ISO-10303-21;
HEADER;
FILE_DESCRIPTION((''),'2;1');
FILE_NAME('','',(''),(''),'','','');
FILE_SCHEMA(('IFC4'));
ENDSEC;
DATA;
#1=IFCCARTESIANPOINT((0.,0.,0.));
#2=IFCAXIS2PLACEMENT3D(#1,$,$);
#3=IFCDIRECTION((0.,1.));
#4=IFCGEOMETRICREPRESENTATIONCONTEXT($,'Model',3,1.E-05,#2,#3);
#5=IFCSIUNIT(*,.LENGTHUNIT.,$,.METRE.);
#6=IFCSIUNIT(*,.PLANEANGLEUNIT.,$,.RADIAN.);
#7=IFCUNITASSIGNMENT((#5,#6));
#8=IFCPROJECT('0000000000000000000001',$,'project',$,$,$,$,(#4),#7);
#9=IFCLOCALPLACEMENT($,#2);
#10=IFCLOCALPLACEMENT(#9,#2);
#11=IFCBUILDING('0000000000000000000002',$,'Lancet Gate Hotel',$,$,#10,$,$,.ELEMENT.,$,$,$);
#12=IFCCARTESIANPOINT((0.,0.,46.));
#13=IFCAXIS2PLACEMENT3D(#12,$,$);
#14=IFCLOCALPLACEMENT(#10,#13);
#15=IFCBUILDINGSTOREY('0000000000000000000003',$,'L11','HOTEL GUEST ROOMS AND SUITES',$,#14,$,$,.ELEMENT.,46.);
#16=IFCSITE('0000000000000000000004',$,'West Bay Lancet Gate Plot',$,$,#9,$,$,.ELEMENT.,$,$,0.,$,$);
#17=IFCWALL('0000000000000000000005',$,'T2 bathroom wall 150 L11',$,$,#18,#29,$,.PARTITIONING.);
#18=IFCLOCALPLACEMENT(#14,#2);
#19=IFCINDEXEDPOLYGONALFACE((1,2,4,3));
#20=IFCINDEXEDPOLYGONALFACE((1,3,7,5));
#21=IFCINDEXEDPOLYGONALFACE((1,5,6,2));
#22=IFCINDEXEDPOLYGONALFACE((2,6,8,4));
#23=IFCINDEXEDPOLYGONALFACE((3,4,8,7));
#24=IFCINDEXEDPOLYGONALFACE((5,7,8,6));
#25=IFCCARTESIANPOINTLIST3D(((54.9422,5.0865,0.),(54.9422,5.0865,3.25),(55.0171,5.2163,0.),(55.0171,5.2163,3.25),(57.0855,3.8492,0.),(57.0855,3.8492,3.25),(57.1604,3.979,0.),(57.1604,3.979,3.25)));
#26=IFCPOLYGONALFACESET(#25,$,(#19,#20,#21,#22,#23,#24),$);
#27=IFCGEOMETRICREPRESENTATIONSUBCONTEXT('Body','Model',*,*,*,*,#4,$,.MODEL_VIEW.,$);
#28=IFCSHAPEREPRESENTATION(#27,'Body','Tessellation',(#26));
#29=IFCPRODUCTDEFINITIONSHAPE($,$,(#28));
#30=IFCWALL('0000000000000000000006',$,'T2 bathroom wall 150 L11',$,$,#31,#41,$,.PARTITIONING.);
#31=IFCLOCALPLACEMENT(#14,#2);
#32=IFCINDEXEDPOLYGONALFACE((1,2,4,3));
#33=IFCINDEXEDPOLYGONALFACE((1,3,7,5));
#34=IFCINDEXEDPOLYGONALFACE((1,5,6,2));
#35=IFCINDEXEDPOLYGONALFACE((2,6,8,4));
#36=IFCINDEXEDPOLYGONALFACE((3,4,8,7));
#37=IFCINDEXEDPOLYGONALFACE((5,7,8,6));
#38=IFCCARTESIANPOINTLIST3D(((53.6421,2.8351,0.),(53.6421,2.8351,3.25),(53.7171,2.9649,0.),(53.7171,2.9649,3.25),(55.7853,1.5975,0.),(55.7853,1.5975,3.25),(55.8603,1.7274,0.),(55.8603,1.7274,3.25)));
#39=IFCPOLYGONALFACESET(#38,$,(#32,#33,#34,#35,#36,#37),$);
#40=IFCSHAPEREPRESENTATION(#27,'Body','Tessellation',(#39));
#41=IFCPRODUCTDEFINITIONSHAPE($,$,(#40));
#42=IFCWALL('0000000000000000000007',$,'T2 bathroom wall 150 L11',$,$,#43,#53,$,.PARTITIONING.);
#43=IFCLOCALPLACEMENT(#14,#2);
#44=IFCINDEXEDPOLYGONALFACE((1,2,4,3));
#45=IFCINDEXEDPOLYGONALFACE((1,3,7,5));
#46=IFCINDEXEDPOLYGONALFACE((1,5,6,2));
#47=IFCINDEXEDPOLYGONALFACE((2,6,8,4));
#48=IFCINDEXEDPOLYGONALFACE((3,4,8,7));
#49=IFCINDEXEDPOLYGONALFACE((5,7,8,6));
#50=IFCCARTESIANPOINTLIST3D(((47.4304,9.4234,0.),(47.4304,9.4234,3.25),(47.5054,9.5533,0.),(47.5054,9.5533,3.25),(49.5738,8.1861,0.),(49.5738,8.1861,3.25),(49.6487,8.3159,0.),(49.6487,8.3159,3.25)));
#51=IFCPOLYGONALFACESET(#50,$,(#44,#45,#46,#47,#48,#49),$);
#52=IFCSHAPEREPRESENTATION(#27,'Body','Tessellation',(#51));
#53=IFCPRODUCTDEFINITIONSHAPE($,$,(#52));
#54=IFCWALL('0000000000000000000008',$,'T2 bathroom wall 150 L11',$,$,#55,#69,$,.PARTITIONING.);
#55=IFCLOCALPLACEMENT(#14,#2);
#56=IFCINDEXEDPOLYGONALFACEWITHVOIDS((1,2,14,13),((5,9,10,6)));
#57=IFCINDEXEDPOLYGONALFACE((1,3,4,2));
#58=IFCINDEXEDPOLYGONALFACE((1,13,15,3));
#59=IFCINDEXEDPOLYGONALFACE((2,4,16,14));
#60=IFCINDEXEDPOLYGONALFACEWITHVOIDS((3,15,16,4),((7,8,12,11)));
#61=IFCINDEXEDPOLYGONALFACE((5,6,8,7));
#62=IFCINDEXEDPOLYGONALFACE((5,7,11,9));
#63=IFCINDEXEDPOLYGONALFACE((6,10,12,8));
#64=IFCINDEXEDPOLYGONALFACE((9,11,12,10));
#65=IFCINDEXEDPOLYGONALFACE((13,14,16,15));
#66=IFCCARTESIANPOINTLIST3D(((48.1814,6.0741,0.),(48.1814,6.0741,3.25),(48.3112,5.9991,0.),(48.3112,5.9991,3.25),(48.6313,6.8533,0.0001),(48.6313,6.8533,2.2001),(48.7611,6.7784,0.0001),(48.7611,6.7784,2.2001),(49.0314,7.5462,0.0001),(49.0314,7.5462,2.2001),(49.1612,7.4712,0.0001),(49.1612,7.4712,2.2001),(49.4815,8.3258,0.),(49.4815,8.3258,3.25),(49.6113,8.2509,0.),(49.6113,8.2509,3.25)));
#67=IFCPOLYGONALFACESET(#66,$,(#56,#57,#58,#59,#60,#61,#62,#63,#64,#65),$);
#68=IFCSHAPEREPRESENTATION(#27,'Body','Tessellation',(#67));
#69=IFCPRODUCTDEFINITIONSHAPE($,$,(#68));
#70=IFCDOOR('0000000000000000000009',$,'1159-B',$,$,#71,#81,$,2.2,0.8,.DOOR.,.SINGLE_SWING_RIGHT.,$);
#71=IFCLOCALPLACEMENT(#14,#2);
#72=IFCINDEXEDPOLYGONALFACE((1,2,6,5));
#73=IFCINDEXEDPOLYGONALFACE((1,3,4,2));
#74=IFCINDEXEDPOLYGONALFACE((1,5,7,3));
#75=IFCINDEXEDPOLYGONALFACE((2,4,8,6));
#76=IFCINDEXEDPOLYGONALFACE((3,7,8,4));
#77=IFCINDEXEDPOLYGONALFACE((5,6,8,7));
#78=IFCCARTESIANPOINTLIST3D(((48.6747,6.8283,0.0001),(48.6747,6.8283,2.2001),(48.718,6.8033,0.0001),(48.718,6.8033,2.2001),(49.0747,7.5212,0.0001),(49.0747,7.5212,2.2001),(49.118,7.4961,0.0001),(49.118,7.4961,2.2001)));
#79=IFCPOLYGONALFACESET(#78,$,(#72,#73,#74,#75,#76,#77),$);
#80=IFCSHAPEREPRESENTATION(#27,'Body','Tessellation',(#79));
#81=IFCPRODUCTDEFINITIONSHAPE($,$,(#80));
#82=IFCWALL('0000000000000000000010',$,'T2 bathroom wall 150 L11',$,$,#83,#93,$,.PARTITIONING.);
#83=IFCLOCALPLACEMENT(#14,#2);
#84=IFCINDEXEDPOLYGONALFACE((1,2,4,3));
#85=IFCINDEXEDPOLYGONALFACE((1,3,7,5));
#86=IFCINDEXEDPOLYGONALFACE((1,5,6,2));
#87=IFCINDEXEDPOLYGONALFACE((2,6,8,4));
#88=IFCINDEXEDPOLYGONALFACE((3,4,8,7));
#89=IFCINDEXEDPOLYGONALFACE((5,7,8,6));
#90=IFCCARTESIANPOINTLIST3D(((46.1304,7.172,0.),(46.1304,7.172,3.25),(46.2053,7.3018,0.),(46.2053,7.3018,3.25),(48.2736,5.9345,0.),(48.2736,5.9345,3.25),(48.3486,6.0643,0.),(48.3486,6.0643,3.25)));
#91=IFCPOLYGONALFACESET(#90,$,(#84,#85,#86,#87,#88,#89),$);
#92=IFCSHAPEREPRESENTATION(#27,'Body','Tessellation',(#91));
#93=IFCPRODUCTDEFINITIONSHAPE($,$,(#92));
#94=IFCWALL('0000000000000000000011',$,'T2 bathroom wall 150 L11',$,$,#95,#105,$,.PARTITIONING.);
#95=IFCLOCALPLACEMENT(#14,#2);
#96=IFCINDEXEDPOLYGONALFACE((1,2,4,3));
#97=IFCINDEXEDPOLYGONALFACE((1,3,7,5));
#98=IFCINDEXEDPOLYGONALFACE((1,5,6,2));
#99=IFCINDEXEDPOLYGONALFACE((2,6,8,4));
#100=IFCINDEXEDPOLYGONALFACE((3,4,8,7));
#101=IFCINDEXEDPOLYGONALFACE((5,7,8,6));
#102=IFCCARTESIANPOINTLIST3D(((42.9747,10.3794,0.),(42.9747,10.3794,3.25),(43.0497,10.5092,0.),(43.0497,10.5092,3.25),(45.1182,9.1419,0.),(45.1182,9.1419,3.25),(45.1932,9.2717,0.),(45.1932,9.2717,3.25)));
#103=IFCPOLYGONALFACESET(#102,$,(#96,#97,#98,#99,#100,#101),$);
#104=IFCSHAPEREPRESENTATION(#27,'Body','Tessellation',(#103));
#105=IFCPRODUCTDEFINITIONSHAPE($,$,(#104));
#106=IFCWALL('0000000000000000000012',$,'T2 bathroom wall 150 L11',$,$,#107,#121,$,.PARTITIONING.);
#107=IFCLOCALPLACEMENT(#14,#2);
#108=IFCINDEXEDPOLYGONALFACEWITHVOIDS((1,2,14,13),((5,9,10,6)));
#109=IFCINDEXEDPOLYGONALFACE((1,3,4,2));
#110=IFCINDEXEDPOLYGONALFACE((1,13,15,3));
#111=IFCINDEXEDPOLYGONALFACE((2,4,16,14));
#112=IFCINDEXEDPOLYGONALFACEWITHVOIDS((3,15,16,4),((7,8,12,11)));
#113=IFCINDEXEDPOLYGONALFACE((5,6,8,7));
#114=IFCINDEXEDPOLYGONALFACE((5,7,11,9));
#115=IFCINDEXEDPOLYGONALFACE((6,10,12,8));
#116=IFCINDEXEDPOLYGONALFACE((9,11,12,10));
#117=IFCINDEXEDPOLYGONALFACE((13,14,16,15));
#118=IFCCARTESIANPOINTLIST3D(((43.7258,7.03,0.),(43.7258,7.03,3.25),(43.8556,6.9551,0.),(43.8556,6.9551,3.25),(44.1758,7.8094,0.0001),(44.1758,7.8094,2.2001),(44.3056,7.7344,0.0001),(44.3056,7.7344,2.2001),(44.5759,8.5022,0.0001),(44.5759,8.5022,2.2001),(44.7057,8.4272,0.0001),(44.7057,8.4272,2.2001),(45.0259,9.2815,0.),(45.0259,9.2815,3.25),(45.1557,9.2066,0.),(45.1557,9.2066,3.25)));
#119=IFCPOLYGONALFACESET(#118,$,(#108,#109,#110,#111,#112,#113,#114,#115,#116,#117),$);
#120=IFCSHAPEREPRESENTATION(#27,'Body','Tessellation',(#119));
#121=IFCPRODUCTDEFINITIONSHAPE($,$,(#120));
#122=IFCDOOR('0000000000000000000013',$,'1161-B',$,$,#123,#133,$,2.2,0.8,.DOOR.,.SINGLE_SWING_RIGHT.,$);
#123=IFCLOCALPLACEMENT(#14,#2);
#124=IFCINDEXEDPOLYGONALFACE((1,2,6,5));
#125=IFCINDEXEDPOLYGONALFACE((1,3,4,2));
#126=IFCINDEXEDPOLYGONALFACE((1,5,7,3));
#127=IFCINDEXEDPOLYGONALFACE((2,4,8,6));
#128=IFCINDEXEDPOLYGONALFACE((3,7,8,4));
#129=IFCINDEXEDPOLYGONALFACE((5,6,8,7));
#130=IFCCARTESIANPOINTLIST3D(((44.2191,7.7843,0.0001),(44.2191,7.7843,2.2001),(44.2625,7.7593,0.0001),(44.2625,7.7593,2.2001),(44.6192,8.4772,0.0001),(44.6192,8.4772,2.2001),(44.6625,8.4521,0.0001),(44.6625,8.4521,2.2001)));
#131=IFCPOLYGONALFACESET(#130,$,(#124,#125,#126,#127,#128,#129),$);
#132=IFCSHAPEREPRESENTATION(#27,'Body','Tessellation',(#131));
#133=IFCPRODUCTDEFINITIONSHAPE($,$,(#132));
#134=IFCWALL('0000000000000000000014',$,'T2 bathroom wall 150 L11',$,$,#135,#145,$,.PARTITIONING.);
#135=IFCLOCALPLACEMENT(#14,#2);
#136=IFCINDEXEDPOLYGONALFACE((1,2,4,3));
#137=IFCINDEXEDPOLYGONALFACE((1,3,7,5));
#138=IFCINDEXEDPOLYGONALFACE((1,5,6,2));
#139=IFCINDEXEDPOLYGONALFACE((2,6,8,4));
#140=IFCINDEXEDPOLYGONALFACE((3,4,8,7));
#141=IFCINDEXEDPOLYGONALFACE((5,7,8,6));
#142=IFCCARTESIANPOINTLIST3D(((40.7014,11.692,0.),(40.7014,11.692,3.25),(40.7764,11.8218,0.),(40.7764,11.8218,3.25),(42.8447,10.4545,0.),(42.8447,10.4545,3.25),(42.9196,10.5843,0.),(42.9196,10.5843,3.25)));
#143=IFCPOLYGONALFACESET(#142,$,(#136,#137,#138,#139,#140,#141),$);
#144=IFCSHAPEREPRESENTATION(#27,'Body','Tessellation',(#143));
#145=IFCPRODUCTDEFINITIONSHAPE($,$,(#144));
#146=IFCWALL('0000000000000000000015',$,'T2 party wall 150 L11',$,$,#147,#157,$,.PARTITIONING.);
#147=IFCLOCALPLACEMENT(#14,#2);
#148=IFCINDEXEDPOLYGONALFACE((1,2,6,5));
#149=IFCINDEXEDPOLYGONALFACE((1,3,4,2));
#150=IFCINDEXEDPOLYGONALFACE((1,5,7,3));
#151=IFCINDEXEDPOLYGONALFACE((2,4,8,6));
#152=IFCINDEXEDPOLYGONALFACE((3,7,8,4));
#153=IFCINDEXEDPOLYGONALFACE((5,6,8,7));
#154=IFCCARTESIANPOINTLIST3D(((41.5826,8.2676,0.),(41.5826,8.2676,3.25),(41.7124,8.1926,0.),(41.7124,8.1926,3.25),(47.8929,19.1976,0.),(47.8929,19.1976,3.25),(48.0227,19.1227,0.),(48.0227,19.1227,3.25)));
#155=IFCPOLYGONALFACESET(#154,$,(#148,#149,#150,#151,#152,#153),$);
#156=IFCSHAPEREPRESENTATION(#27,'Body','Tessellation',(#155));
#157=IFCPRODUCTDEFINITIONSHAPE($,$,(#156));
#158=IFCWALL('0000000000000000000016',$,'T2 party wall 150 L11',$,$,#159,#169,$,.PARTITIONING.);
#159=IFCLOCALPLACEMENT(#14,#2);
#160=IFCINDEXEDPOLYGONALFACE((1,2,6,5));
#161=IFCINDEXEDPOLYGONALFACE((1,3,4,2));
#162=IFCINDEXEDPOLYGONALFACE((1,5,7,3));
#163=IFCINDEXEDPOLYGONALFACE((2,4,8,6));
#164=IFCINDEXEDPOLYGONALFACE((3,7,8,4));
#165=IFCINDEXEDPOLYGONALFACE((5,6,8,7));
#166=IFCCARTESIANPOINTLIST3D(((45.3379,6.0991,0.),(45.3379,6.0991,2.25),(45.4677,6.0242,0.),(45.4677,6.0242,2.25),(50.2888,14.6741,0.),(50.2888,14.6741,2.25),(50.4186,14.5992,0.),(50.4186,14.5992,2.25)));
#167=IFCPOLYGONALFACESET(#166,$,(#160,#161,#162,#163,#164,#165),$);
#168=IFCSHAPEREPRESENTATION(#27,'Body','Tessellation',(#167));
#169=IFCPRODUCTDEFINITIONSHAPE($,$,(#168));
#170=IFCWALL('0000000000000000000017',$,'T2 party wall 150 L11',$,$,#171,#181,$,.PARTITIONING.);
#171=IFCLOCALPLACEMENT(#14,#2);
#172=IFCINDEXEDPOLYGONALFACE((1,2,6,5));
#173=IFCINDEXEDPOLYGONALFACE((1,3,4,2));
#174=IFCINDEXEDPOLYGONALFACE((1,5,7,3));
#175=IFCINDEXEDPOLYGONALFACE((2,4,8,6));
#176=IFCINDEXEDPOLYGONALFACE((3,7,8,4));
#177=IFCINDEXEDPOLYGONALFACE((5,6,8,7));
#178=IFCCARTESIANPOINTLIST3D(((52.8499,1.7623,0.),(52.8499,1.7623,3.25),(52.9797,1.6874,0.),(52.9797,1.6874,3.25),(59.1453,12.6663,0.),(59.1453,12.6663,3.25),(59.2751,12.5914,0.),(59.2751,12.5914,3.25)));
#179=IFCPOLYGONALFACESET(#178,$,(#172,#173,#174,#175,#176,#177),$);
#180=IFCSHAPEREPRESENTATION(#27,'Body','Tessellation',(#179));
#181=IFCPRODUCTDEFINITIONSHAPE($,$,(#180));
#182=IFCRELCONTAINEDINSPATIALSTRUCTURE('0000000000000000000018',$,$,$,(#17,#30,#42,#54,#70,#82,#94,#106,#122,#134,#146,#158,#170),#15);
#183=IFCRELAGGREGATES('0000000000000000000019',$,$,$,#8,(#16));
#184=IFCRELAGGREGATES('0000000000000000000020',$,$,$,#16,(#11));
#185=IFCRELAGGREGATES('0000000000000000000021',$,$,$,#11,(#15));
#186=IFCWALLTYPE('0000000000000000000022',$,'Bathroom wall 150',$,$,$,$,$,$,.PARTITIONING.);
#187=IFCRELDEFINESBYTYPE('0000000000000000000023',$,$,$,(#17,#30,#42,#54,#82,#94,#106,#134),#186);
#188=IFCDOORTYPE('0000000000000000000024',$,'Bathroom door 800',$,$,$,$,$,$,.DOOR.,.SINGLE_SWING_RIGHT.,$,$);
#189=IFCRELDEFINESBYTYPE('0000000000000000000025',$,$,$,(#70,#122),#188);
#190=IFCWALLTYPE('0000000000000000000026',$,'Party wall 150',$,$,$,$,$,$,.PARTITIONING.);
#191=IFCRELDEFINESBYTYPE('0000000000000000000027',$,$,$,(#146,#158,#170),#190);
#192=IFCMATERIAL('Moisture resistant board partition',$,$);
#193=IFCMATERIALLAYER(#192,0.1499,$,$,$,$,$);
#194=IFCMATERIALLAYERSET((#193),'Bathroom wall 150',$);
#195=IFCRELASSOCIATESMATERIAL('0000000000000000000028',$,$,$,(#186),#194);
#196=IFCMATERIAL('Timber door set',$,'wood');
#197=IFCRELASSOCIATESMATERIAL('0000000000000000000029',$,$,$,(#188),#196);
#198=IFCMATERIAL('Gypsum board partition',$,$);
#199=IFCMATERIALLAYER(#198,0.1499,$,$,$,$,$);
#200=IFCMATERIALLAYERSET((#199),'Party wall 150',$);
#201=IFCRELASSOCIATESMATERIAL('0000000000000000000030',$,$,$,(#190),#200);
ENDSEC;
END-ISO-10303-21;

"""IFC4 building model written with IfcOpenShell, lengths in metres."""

from ifc_helpers import new_model, si_unit, direction, frame, frame_2d, origin, place, context, subcontext, project, spatial, rectangle, extrude, material, layer, layer_set, type_object, element, fill, save


model = new_model("IFC4")

# Units and contexts
model_context = context("Model", 3, precision=1e-05, world=origin(), true_north=direction((0.0, 1.0)))
body_context = subcontext(model_context, "Body", "Model", "MODEL_VIEW")
ifc_project = project(units=[si_unit("LENGTHUNIT", "METRE"), si_unit("PLANEANGLEUNIT", "RADIAN")], contexts=[model_context])

# Site, building, storey
site_placement = place(None, origin())
site = spatial("IfcSite", under=ifc_project, at=site_placement, Name="West Bay Lancet Gate Plot", CompositionType="ELEMENT", RefElevation=0.0)
building_placement = place(site_placement, origin())
building = spatial("IfcBuilding", under=site, at=building_placement, Name="Lancet Gate Hotel", CompositionType="ELEMENT")
storey_placement = place(building_placement, frame((0.0, 0.0, 46.0)))
storey = spatial("IfcBuildingStorey", under=building, at=storey_placement, Name="L11", Description="HOTEL GUEST ROOMS AND SUITES", CompositionType="ELEMENT", Elevation=46.0)

# Walls
ifc_material_1 = material(Name="Moisture resistant board partition")
ifc_layer_1 = layer(ifc_material_1, 0.1499)
ifc_layer_set_1 = layer_set([ifc_layer_1], Name="Bathroom wall 150")
wall_type_1 = type_object("IfcWallType", Name="Bathroom wall 150", PredefinedType="PARTITIONING", material=ifc_layer_set_1)
for number, where, z_axis, x_axis, name in (
    (1, (54.9797, 5.1514, 0.0), (0.0, 0.0, 1.0), (0.866049, -0.499959, 0.0), "T2 bathroom wall 150 L11"),
    (2, (53.6797, 2.8999, 0.0), (0.0, 0.0, 1.0), (0.866007, -0.500033, 0.0), "T2 bathroom wall 150 L11"),
    (3, (47.468, 9.4883, 0.0), (0.0, 0.0, 1.0), (0.866049, -0.499959, 0.0), "T2 bathroom wall 150 L11"),
):
    element("IfcWall", number, at=place(storey_placement, frame(where, z_axis=z_axis, x_axis=x_axis)), inside=storey, type_object=wall_type_1, Name=name, PredefinedType="PARTITIONING", context=body_context, shape_type="SweptSolid", body=[
        extrude(rectangle(XDim=2.4749, YDim=0.1499, at=frame_2d((1.2373, 0.0))), origin(), (0.0, 0.0, 1.0), 3.25),
    ])

# Wall, opening, door
wall_1_placement = place(storey_placement, frame((48.2463, 6.0366, 0.0), z_axis=(0.0, 0.0, 1.0), x_axis=(0.500007, 0.866021, 0.0)))
wall_1 = element("IfcWall", 4, at=wall_1_placement, inside=storey, type_object=wall_type_1, Name="T2 bathroom wall 150 L11", PredefinedType="PARTITIONING", context=body_context, shape_type="SweptSolid", body=[
    extrude(rectangle(XDim=2.6001, YDim=0.1499, at=frame_2d((1.3, 0.0))), origin(), (0.0, 0.0, 1.0), 3.25),
])
opening_1_placement = place(wall_1_placement, frame((0.8999, 0.0, 0.0)))
opening_1 = element("IfcOpeningElement", 5, at=opening_1_placement, cuts=wall_1, PredefinedType="OPENING", context=body_context, shape_type="SweptSolid", body=[
    extrude(rectangle(XDim=0.8, YDim=2.2, at=frame_2d((0.3999, 1.1001))), frame((0.0, 0.085, 0.0), z_axis=(0.0, -1.0, 0.0), x_axis=(1.0, 0.0, 0.0)), (0.0, 0.0, 1.0), 0.1699),
])
ifc_material_2 = material(Name="Timber door set", Category="wood")
door_type = type_object("IfcDoorType", Name="Bathroom door 800", OperationType="SINGLE_SWING_RIGHT", PredefinedType="DOOR", material=ifc_material_2)
door_1_placement = place(opening_1_placement, origin())
door_1 = element("IfcDoor", 6, at=door_1_placement, inside=storey, type_object=door_type, Name="1159-B", OperationType="SINGLE_SWING_RIGHT", OverallHeight=2.2, OverallWidth=0.8, PredefinedType="DOOR", context=body_context, shape_type="SweptSolid", body=[
    extrude(rectangle(XDim=0.8, YDim=2.2, at=frame_2d((0.3999, 1.1001))), frame((0.0, 0.0249, 0.0), z_axis=(0.0, -1.0, 0.0), x_axis=(1.0, 0.0, 0.0)), (0.0, 0.0, 1.0), 0.05),
])
fill(opening_1, door_1)

# Walls
wall_2_placement = place(storey_placement, frame((46.168, 7.2368, 0.0), z_axis=(0.0, 0.0, 1.0), x_axis=(0.866007, -0.500033, 0.0)))
element("IfcWall", 7, at=wall_2_placement, inside=storey, type_object=wall_type_1, Name="T2 bathroom wall 150 L11", PredefinedType="PARTITIONING", context=body_context, shape_type="SweptSolid", body=[
    extrude(rectangle(XDim=2.4749, YDim=0.1499, at=frame_2d((1.2373, 0.0))), origin(), (0.0, 0.0, 1.0), 3.25),
])
wall_3_placement = place(storey_placement, frame((43.0122, 10.4443, 0.0), z_axis=(0.0, 0.0, 1.0), x_axis=(0.866031, -0.49999, 0.0)))
element("IfcWall", 8, at=wall_3_placement, inside=storey, type_object=wall_type_1, Name="T2 bathroom wall 150 L11", PredefinedType="PARTITIONING", context=body_context, shape_type="SweptSolid", body=[
    extrude(rectangle(XDim=2.4751, YDim=0.1499, at=frame_2d((1.2375, 0.0))), origin(), (0.0, 0.0, 1.0), 3.25),
])

# Wall, opening, door
wall_4_placement = place(storey_placement, frame((43.7908, 6.9927, 0.0), z_axis=(0.0, 0.0, 1.0), x_axis=(0.500048, 0.865998, 0.0)))
wall_4 = element("IfcWall", 9, at=wall_4_placement, inside=storey, type_object=wall_type_1, Name="T2 bathroom wall 150 L11", PredefinedType="PARTITIONING", context=body_context, shape_type="SweptSolid", body=[
    extrude(rectangle(XDim=2.5999, YDim=0.1499, at=frame_2d((1.2998, 0.0))), origin(), (0.0, 0.0, 1.0), 3.25),
])
opening_2_placement = place(wall_4_placement, frame((0.8999, 0.0, 0.0)))
opening_2 = element("IfcOpeningElement", 10, at=opening_2_placement, cuts=wall_4, PredefinedType="OPENING", context=body_context, shape_type="SweptSolid", body=[
    extrude(rectangle(XDim=0.8, YDim=2.2, at=frame_2d((0.3999, 1.1001))), frame((0.0, 0.085, 0.0), z_axis=(0.0, -1.0, 0.0), x_axis=(1.0, 0.0, 0.0)), (0.0, 0.0, 1.0), 0.1699),
])
door_2_placement = place(opening_2_placement, origin())
door_2 = element("IfcDoor", 11, at=door_2_placement, inside=storey, type_object=door_type, Name="1161-B", OperationType="SINGLE_SWING_RIGHT", OverallHeight=2.2, OverallWidth=0.8, PredefinedType="DOOR", context=body_context, shape_type="SweptSolid", body=[
    extrude(rectangle(XDim=0.8, YDim=2.2, at=frame_2d((0.3999, 1.1001))), frame((0.0, 0.0249, 0.0), z_axis=(0.0, -1.0, 0.0), x_axis=(1.0, 0.0, 0.0)), (0.0, 0.0, 1.0), 0.05),
])
fill(opening_2, door_2)

# Walls
wall_5_placement = place(storey_placement, frame((40.739, 11.7568, 0.0), z_axis=(0.0, 0.0, 1.0), x_axis=(0.866007, -0.500033, 0.0)))
element("IfcWall", 12, at=wall_5_placement, inside=storey, type_object=wall_type_1, Name="T2 bathroom wall 150 L11", PredefinedType="PARTITIONING", context=body_context, shape_type="SweptSolid", body=[
    extrude(rectangle(XDim=2.4749, YDim=0.1499, at=frame_2d((1.2373, 0.0))), origin(), (0.0, 0.0, 1.0), 3.25),
])
ifc_material_3 = material(Name="Gypsum board partition")
ifc_layer_2 = layer(ifc_material_3, 0.1499)
ifc_layer_set_2 = layer_set([ifc_layer_2], Name="Party wall 150")
wall_type_2 = type_object("IfcWallType", Name="Party wall 150", PredefinedType="PARTITIONING", material=ifc_layer_set_2)
wall_6_placement = place(storey_placement, frame((41.6475, 8.23, 0.0), z_axis=(0.0, 0.0, 1.0), x_axis=(0.499986, 0.866034, 0.0)))
element("IfcWall", 13, at=wall_6_placement, inside=storey, type_object=wall_type_2, Name="T2 party wall 150 L11", PredefinedType="PARTITIONING", context=body_context, shape_type="SweptSolid", body=[
    extrude(rectangle(XDim=12.6208, YDim=0.1499, at=frame_2d((6.3105, 0.0))), origin(), (0.0, 0.0, 1.0), 3.25),
])
wall_7_placement = place(storey_placement, frame((45.4028, 6.0618, 0.0), z_axis=(0.0, 0.0, 1.0), x_axis=(0.500013, 0.866018, 0.0)))
element("IfcWall", 14, at=wall_7_placement, inside=storey, type_object=wall_type_2, Name="T2 party wall 150 L11", PredefinedType="PARTITIONING", context=body_context, shape_type="SweptSolid", body=[
    extrude(rectangle(XDim=9.9016, YDim=0.1499, at=frame_2d((4.9507, 0.0))), origin(), (0.0, 0.0, 1.0), 2.25),
])
wall_8_placement = place(storey_placement, frame((52.9148, 1.7249, 0.0), z_axis=(0.0, 0.0, 1.0), x_axis=(0.499997, 0.866027, 0.0)))
element("IfcWall", 15, at=wall_8_placement, inside=storey, type_object=wall_type_2, Name="T2 party wall 150 L11", PredefinedType="PARTITIONING", context=body_context, shape_type="SweptSolid", body=[
    extrude(rectangle(XDim=12.5908, YDim=0.1499, at=frame_2d((6.2954, 0.0))), origin(), (0.0, 0.0, 1.0), 3.25),
])

save(model, "model.ifc")
